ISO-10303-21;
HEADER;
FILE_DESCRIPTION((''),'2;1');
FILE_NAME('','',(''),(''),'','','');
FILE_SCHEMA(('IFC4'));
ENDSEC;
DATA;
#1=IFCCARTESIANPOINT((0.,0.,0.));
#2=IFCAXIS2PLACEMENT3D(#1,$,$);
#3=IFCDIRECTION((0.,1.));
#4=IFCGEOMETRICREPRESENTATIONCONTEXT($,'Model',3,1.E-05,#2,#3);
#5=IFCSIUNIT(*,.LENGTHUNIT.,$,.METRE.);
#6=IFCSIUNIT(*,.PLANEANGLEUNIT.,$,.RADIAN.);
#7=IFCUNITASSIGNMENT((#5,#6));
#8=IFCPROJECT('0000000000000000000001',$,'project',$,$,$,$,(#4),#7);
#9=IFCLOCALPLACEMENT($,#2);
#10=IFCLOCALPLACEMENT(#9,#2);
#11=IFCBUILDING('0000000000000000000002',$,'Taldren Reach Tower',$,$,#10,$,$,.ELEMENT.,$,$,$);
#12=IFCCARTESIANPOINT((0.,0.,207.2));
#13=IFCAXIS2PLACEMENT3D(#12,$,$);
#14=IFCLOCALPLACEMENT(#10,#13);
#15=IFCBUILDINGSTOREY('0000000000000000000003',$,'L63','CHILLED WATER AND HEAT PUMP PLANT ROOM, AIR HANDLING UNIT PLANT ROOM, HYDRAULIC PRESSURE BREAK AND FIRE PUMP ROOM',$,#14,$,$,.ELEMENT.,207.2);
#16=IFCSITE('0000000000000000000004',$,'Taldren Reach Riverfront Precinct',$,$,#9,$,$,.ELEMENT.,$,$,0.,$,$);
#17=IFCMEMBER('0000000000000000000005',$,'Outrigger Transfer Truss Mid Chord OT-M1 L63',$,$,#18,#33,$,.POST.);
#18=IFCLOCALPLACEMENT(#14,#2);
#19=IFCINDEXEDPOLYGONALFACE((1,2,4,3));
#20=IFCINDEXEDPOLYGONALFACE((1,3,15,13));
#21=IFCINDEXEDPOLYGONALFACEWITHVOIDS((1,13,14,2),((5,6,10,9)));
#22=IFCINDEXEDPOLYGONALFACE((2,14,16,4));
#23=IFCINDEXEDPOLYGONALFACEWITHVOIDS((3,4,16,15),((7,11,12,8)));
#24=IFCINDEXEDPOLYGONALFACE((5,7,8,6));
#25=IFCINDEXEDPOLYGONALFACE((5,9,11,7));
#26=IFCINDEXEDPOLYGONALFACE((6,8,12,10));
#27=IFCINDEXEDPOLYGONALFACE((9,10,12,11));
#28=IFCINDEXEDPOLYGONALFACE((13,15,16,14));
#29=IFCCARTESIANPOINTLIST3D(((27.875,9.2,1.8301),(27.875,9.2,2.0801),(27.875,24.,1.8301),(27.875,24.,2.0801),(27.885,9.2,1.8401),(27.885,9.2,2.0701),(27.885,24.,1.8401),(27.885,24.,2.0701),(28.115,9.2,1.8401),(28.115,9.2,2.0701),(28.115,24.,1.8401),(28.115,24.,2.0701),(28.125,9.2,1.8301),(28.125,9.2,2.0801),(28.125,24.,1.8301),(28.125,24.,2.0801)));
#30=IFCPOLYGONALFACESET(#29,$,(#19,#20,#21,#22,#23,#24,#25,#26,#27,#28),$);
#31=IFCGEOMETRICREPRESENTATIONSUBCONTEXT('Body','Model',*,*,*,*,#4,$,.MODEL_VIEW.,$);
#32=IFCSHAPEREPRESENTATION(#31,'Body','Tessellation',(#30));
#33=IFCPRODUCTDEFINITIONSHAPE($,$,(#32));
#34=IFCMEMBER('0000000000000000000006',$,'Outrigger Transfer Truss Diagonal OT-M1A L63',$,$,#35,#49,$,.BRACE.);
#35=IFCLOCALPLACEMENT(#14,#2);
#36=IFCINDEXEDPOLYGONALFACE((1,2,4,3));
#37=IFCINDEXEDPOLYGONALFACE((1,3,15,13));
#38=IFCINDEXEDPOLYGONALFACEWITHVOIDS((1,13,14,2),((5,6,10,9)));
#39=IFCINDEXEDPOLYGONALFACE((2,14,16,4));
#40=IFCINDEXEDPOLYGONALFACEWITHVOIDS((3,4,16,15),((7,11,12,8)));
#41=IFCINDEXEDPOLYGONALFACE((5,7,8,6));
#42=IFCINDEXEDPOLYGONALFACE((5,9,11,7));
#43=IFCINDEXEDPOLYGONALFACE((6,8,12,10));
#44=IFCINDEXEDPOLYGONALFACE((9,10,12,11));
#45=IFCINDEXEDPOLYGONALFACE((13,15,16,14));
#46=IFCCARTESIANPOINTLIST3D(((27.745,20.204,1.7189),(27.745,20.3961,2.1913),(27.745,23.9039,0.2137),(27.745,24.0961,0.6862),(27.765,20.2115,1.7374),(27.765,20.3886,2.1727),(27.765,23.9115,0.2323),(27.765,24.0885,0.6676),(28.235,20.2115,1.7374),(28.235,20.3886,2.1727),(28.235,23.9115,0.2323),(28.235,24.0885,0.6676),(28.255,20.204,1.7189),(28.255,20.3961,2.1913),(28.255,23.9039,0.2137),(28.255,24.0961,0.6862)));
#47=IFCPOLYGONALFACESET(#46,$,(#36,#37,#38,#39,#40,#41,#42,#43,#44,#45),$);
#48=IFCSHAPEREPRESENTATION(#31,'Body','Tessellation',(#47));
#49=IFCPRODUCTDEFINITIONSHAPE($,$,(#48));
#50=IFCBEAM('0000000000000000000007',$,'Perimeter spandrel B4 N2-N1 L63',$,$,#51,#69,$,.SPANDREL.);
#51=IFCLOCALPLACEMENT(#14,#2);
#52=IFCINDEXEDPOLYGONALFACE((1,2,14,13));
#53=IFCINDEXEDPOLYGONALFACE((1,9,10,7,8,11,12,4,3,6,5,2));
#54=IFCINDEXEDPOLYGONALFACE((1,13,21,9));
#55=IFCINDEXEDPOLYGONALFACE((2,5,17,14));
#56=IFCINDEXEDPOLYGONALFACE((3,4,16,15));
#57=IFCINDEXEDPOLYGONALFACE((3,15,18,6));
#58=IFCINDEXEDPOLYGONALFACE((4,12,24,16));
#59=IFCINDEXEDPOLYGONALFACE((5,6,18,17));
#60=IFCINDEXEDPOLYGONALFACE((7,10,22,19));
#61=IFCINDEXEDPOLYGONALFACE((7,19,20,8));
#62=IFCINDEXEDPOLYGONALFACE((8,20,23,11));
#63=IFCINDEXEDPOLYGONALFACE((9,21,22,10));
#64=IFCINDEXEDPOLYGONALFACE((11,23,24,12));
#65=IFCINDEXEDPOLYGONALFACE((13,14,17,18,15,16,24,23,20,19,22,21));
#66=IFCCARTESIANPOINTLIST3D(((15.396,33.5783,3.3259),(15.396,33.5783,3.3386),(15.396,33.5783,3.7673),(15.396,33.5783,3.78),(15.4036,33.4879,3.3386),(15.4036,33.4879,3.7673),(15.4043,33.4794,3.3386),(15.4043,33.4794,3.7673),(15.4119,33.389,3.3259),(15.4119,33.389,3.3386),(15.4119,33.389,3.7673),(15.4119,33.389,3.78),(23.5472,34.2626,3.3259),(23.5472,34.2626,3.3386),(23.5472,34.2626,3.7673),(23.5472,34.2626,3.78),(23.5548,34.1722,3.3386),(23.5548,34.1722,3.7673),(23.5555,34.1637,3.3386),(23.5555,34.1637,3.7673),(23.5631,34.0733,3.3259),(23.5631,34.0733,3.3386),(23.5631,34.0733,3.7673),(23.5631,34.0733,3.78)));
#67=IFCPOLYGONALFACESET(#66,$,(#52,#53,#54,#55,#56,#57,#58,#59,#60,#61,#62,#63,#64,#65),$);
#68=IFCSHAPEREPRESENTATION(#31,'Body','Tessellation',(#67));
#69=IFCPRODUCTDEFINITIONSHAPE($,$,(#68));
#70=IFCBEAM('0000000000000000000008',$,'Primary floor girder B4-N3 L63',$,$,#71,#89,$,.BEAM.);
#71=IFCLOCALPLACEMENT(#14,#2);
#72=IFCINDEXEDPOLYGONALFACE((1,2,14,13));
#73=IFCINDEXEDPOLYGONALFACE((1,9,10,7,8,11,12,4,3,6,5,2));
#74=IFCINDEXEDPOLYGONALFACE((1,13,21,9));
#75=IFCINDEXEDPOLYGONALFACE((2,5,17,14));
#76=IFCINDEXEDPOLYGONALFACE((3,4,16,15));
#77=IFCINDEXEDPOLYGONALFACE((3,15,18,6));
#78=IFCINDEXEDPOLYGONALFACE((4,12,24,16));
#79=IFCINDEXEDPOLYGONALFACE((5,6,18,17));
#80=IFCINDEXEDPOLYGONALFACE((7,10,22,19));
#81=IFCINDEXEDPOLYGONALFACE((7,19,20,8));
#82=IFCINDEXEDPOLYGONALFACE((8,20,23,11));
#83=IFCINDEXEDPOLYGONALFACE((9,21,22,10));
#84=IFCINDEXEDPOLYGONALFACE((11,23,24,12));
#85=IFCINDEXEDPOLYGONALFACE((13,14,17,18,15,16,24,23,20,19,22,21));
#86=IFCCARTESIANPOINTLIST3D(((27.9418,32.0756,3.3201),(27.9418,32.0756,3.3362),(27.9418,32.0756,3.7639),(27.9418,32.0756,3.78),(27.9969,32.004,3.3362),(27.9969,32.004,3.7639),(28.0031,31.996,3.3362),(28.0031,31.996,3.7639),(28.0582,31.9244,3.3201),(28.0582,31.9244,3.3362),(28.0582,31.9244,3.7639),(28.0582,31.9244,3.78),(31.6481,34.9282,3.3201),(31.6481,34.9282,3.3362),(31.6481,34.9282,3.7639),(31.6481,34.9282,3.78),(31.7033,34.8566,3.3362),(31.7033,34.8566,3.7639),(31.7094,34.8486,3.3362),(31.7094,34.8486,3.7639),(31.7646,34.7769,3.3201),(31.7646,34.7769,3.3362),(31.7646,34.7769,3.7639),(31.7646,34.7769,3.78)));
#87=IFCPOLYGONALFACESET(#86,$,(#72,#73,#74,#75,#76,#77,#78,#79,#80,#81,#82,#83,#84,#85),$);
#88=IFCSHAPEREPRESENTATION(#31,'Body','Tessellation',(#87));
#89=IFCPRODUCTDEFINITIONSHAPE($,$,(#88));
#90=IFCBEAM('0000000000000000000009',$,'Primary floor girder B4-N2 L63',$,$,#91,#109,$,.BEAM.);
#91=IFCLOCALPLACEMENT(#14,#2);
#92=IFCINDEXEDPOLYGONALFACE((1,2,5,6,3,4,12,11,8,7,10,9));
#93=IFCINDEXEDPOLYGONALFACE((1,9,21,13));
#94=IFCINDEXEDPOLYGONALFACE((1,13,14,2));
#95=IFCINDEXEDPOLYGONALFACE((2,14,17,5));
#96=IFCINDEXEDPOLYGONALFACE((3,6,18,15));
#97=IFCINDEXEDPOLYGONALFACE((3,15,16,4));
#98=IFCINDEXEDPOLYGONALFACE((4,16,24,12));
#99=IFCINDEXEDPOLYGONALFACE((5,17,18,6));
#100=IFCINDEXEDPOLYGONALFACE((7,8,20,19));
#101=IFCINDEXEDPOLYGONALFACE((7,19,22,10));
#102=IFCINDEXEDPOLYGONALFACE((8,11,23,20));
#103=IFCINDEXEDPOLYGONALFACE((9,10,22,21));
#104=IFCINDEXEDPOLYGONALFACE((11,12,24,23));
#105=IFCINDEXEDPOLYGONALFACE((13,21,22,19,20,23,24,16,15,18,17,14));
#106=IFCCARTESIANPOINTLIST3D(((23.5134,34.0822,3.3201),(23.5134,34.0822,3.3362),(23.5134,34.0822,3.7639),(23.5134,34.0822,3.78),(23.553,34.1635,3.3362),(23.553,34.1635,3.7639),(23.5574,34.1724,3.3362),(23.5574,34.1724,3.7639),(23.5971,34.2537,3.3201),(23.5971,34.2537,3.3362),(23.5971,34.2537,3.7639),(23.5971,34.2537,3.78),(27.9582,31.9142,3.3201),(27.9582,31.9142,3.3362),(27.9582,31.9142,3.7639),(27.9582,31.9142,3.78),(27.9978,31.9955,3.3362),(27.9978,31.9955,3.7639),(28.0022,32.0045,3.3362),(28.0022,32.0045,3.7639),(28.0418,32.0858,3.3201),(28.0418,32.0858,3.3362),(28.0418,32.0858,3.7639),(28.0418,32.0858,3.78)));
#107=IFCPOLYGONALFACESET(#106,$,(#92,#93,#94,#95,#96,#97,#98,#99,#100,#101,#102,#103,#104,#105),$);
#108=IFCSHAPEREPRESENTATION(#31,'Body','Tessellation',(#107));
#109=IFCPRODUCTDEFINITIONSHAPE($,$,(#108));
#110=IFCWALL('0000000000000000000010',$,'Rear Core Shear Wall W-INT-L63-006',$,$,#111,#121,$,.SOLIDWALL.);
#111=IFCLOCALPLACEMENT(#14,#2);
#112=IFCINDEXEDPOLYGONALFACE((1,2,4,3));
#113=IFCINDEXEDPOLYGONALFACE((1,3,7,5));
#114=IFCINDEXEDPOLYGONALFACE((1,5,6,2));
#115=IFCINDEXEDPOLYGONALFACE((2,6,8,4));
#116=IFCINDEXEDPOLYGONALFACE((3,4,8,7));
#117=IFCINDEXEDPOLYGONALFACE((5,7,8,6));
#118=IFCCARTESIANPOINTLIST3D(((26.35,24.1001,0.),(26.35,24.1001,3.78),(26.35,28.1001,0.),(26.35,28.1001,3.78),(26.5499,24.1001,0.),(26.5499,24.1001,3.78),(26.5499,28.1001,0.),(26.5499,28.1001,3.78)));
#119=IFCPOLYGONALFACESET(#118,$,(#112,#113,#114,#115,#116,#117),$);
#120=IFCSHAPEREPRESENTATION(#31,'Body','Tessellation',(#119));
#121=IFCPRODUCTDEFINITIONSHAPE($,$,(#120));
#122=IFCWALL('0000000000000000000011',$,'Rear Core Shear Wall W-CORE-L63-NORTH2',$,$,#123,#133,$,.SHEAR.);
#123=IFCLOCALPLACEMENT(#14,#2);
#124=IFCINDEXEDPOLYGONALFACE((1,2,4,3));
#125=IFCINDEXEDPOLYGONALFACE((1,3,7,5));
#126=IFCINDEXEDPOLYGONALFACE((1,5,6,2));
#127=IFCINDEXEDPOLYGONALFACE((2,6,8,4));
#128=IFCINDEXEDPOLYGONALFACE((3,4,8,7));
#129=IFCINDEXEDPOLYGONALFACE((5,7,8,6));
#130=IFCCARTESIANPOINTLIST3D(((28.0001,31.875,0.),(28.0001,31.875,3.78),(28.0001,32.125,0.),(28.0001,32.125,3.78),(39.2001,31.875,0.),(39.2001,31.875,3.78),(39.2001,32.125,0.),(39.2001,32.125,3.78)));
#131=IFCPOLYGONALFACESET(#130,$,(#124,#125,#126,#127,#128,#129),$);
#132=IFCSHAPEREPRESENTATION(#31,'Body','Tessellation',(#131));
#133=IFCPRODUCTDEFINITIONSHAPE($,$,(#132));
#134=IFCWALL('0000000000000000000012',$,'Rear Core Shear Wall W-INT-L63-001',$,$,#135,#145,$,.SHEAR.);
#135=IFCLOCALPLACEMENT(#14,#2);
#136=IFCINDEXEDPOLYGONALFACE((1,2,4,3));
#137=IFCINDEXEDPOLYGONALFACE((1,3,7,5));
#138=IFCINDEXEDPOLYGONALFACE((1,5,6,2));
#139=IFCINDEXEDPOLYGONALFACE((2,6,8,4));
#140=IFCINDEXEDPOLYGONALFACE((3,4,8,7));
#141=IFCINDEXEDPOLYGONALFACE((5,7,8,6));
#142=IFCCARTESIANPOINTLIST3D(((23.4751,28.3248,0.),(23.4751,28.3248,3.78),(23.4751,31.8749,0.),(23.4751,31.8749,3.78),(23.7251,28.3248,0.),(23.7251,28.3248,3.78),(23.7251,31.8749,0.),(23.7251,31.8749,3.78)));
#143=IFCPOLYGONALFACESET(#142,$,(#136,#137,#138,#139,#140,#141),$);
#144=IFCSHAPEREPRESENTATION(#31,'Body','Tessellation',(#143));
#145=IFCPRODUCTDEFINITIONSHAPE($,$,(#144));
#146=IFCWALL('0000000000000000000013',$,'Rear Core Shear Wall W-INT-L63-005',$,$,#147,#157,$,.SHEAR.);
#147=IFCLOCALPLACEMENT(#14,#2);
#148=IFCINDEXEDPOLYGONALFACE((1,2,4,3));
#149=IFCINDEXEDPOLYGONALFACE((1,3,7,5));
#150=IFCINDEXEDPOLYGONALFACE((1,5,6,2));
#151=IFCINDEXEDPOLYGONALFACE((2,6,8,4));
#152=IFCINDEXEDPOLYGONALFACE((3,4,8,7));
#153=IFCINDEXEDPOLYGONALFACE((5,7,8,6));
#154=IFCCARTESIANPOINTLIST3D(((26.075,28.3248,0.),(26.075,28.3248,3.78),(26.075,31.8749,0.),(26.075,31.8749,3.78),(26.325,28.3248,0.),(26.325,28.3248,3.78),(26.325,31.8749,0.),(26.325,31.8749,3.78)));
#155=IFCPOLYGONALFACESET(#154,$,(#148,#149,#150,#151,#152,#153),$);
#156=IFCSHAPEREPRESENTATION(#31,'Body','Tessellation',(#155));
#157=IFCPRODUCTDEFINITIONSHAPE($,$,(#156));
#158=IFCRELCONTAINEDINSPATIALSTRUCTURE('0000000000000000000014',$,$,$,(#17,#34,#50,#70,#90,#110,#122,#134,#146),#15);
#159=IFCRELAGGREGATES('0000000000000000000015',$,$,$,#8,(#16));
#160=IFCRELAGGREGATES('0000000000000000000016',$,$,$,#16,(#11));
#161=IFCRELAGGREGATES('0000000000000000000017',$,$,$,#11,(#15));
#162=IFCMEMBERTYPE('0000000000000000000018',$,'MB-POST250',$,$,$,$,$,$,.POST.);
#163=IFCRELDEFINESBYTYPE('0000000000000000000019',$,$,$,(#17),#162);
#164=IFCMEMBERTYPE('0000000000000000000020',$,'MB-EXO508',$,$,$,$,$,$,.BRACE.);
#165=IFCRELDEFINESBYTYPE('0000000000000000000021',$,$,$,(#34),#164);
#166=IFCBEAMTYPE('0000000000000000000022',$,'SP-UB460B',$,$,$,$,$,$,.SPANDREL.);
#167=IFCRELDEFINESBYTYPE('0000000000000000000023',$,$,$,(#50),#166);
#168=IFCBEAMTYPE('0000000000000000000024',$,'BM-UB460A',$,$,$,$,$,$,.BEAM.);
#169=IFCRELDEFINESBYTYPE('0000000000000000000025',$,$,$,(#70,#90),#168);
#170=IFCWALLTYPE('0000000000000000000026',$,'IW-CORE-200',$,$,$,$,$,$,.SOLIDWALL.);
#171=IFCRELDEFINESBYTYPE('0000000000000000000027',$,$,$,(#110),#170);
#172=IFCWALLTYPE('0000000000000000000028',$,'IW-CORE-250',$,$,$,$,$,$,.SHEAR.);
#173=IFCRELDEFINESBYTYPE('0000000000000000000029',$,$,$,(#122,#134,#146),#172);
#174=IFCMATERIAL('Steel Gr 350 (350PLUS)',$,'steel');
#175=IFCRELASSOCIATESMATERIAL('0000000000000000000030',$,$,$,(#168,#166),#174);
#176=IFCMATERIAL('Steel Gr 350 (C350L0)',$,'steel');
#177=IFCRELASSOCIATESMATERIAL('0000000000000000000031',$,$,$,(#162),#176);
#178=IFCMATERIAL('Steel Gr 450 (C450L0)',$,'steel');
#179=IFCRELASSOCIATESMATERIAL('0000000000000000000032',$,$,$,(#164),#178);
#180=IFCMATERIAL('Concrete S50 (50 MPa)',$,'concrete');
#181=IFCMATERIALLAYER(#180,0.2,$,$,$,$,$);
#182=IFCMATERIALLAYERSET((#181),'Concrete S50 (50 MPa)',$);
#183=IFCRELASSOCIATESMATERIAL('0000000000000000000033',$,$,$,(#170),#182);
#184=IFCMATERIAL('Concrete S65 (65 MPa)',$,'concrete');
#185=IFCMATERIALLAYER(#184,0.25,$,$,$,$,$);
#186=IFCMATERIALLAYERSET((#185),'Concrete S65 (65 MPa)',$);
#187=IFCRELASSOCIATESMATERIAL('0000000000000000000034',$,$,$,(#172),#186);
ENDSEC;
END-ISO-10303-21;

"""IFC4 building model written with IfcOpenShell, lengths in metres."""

from ifc_helpers import new_model, si_unit, direction, frame, frame_2d, origin, origin_2d, place, context, subcontext, project, spatial, rectangle, hollow_rectangle, i_section, extrude, source, transform, mapped, material, layer, layer_set, material_profile, profile_set, type_object, element, save


model = new_model("IFC4")

# Units and contexts
model_context = context("Model", 3, precision=1e-05, world=origin(), true_north=direction((0.0, 1.0)))
body_context = subcontext(model_context, "Body", "Model", "MODEL_VIEW")
ifc_project = project(units=[si_unit("LENGTHUNIT", "METRE"), si_unit("PLANEANGLEUNIT", "RADIAN")], contexts=[model_context])

# Site, building, storey
site_placement = place(None, origin())
site = spatial("IfcSite", under=ifc_project, at=site_placement, Name="Taldren Reach Riverfront Precinct", CompositionType="ELEMENT", RefElevation=0.0)
building_placement = place(site_placement, origin())
building = spatial("IfcBuilding", under=site, at=building_placement, Name="Taldren Reach Tower", CompositionType="ELEMENT")
storey_placement = place(building_placement, frame((0.0, 0.0, 207.2)))
storey = spatial("IfcBuildingStorey", under=building, at=storey_placement, Name="L63", Description="CHILLED WATER AND HEAT PUMP PLANT ROOM, AIR HANDLING UNIT PLANT ROOM, HYDRAULIC PRESSURE BREAK AND FIRE PUMP ROOM", CompositionType="ELEMENT", Elevation=207.2)

# Shared definitions
ifc_material_1 = material(Name="Steel Gr 450 (C450L0)", Category="steel")
ifc_material_2 = material(Name="Steel Gr 350 (350PLUS)", Category="steel")

# Shared definitions
ifc_material_profile_1 = material_profile(ifc_material_2, i_section(OverallWidth=0.1909, OverallDepth=0.46, WebThickness=0.01, FlangeThickness=0.0161, at=origin_2d()), Name="460UB82.1")
ifc_profile_set_1 = profile_set([ifc_material_profile_1], Name="Steel Gr 350 (350PLUS)")
beam_type_1 = type_object("IfcBeamType", Name="BM-UB460A", PredefinedType="BEAM", material=ifc_profile_set_1)

# Members
ifc_material_3 = material(Name="Steel Gr 350 (C350L0)", Category="steel")
ifc_material_profile_2 = material_profile(ifc_material_3, hollow_rectangle(XDim=0.25, YDim=0.25, WallThickness=0.01, at=origin_2d()), Name="250x250x10.0SHS")
ifc_profile_set_2 = profile_set([ifc_material_profile_2], Name="Steel Gr 350 (C350L0)")
member_type_1 = type_object("IfcMemberType", Name="MB-POST250", PredefinedType="POST", material=ifc_profile_set_2)
shared_shape_1 = source(origin(), body_context, "Body", "SweptSolid", [
    extrude(hollow_rectangle(XDim=0.25, YDim=0.25, WallThickness=0.01, at=origin_2d()), origin(), (0.0, 0.0, 1.0), 14.8),
])
member_1_placement = place(storey_placement, frame((28.0, 24.0, 1.9551), z_axis=(0.0, -1.0, 0.0), x_axis=(1.0, 0.0, 0.0)))
element("IfcMember", 1, at=member_1_placement, inside=storey, type_object=member_type_1, Name="Outrigger Transfer Truss Mid Chord OT-M1 L63", PredefinedType="POST", context=body_context, shape_type="MappedRepresentation", body=[
    mapped(shared_shape_1, transform((0.0, 0.0, 0.0), scale=1.0)),
])
ifc_material_profile_3 = material_profile(ifc_material_1, hollow_rectangle(XDim=0.51, YDim=0.51, WallThickness=0.02, at=origin_2d()), Name="510x510x20.0SHS")
ifc_profile_set_3 = profile_set([ifc_material_profile_3], Name="Steel Gr 450 (C450L0)")
member_type_2 = type_object("IfcMemberType", Name="MB-EXO508", PredefinedType="BRACE", material=ifc_profile_set_3)
shared_shape_2 = source(origin(), body_context, "Body", "SweptSolid", [
    extrude(hollow_rectangle(XDim=0.51, YDim=0.51, WallThickness=0.02, at=origin_2d()), origin(), (0.0, 0.0, 1.0), 3.9944),
])
member_2_placement = place(storey_placement, frame((28.0, 24.0, 0.45), z_axis=(0.0, -0.92629, 0.376811), x_axis=(1.0, 0.0, 0.0)))
element("IfcMember", 2, at=member_2_placement, inside=storey, type_object=member_type_2, Name="Outrigger Transfer Truss Diagonal OT-M1A L63", PredefinedType="BRACE", context=body_context, shape_type="MappedRepresentation", body=[
    mapped(shared_shape_2, transform((0.0, 0.0, 0.0), scale=1.0)),
])

# Beams
ifc_material_profile_4 = material_profile(ifc_material_2, i_section(OverallWidth=0.1899, OverallDepth=0.4541, WebThickness=0.0085, FlangeThickness=0.0127, at=origin_2d()), Name="460UB67.1")
ifc_profile_set_4 = profile_set([ifc_material_profile_4], Name="Steel Gr 350 (350PLUS)")
beam_type_2 = type_object("IfcBeamType", Name="SP-UB460B", PredefinedType="SPANDREL", material=ifc_profile_set_4)
shared_shape_3 = source(origin(), body_context, "Body", "SweptSolid", [
    extrude(i_section(OverallWidth=0.1899, OverallDepth=0.4541, WebThickness=0.0085, FlangeThickness=0.0127, at=origin_2d()), origin(), (0.0, 0.0, 1.0), 8.1799),
])
beam_1_placement = place(storey_placement, frame((23.5552, 34.168, 3.553), z_axis=(-0.996495, -0.083658, 0.0), x_axis=(0.083658, -0.996495, 0.0)))
element("IfcBeam", 3, at=beam_1_placement, inside=storey, type_object=beam_type_2, Name="Perimeter spandrel B4 N2-N1 L63", PredefinedType="SPANDREL", context=body_context, shape_type="MappedRepresentation", body=[
    mapped(shared_shape_3, transform((0.0, 0.0, 0.0), scale=1.0)),
])
shared_shape_4 = source(origin(), body_context, "Body", "SweptSolid", [
    extrude(i_section(OverallWidth=0.1909, OverallDepth=0.46, WebThickness=0.01, FlangeThickness=0.0161, at=origin_2d()), origin(), (0.0, 0.0, 1.0), 4.677),
])
beam_2_placement = place(storey_placement, frame((28.0, 32.0, 3.55), z_axis=(0.792465, 0.609918, 0.0), x_axis=(-0.609918, 0.792465, 0.0)))
element("IfcBeam", 4, at=beam_2_placement, inside=storey, type_object=beam_type_1, Name="Primary floor girder B4-N3 L63", PredefinedType="BEAM", context=body_context, shape_type="MappedRepresentation", body=[
    mapped(shared_shape_4, transform((0.0, 0.0, 0.0), scale=1.0)),
])
shared_shape_5 = source(origin(), body_context, "Body", "SweptSolid", [
    extrude(i_section(OverallWidth=0.1909, OverallDepth=0.46, WebThickness=0.01, FlangeThickness=0.0161, at=origin_2d()), origin(), (0.0, 0.0, 1.0), 4.9453),
])
beam_3_placement = place(storey_placement, frame((28.0, 32.0, 3.55), z_axis=(-0.898787, 0.438385, 0.0), x_axis=(-0.438385, -0.898787, 0.0)))
element("IfcBeam", 5, at=beam_3_placement, inside=storey, type_object=beam_type_1, Name="Primary floor girder B4-N2 L63", PredefinedType="BEAM", context=body_context, shape_type="MappedRepresentation", body=[
    mapped(shared_shape_5, transform((0.0, 0.0, 0.0), scale=1.0)),
])

# Walls
ifc_material_4 = material(Name="Concrete S50 (50 MPa)", Category="concrete")
ifc_layer_1 = layer(ifc_material_4, 0.2)
ifc_layer_set_1 = layer_set([ifc_layer_1], Name="Concrete S50 (50 MPa)")
wall_type_1 = type_object("IfcWallType", Name="IW-CORE-200", PredefinedType="SOLIDWALL", material=ifc_layer_set_1)
shared_shape_6 = source(origin(), body_context, "Body", "SweptSolid", [
    extrude(rectangle(XDim=4.0, YDim=0.2, at=frame_2d((2.0, 0.0))), origin(), (0.0, 0.0, 1.0), 3.78),
])
wall_1_placement = place(storey_placement, frame((26.45, 24.1001, 0.0), z_axis=(0.0, 0.0, 1.0), x_axis=(0.0, 1.0, 0.0)))
element("IfcWall", 6, at=wall_1_placement, inside=storey, type_object=wall_type_1, Name="Rear Core Shear Wall W-INT-L63-006", PredefinedType="SOLIDWALL", context=body_context, shape_type="MappedRepresentation", body=[
    mapped(shared_shape_6, transform((0.0, 0.0, 0.0), scale=1.0)),
])
ifc_material_5 = material(Name="Concrete S65 (65 MPa)", Category="concrete")
ifc_layer_2 = layer(ifc_material_5, 0.25)
ifc_layer_set_2 = layer_set([ifc_layer_2], Name="Concrete S65 (65 MPa)")
wall_type_2 = type_object("IfcWallType", Name="IW-CORE-250", PredefinedType="SHEAR", material=ifc_layer_set_2)
shared_shape_7 = source(origin(), body_context, "Body", "SweptSolid", [
    extrude(rectangle(XDim=11.2, YDim=0.25, at=frame_2d((5.6001, 0.0))), origin(), (0.0, 0.0, 1.0), 3.78),
])
wall_2_placement = place(storey_placement, frame((28.0, 32.0, 0.0), z_axis=(0.0, 0.0, 1.0), x_axis=(1.0, 0.0, 0.0)))
element("IfcWall", 7, at=wall_2_placement, inside=storey, type_object=wall_type_2, Name="Rear Core Shear Wall W-CORE-L63-NORTH2", PredefinedType="SHEAR", context=body_context, shape_type="MappedRepresentation", body=[
    mapped(shared_shape_7, transform((0.0, 0.0, 0.0), scale=1.0)),
])
shared_shape_8 = source(origin(), body_context, "Body", "SweptSolid", [
    extrude(rectangle(XDim=3.55, YDim=0.25, at=frame_2d((1.7749, 0.0))), origin(), (0.0, 0.0, 1.0), 3.78),
])
for number, where, z_axis, x_axis, name in (
    (8, (23.6001, 28.325, 0.0), (0.0, 0.0, 1.0), (0.0, 1.0, 0.0), "Rear Core Shear Wall W-INT-L63-001"),
    (9, (26.2, 28.325, 0.0), (0.0, 0.0, 1.0), (0.0, 1.0, 0.0), "Rear Core Shear Wall W-INT-L63-005"),
):
    element("IfcWall", number, at=place(storey_placement, frame(where, z_axis=z_axis, x_axis=x_axis)), inside=storey, type_object=wall_type_2, Name=name, PredefinedType="SHEAR", context=body_context, shape_type="MappedRepresentation", body=[
        mapped(shared_shape_8, transform((0.0, 0.0, 0.0), scale=1.0)),
    ])

save(model, "model.ifc")
